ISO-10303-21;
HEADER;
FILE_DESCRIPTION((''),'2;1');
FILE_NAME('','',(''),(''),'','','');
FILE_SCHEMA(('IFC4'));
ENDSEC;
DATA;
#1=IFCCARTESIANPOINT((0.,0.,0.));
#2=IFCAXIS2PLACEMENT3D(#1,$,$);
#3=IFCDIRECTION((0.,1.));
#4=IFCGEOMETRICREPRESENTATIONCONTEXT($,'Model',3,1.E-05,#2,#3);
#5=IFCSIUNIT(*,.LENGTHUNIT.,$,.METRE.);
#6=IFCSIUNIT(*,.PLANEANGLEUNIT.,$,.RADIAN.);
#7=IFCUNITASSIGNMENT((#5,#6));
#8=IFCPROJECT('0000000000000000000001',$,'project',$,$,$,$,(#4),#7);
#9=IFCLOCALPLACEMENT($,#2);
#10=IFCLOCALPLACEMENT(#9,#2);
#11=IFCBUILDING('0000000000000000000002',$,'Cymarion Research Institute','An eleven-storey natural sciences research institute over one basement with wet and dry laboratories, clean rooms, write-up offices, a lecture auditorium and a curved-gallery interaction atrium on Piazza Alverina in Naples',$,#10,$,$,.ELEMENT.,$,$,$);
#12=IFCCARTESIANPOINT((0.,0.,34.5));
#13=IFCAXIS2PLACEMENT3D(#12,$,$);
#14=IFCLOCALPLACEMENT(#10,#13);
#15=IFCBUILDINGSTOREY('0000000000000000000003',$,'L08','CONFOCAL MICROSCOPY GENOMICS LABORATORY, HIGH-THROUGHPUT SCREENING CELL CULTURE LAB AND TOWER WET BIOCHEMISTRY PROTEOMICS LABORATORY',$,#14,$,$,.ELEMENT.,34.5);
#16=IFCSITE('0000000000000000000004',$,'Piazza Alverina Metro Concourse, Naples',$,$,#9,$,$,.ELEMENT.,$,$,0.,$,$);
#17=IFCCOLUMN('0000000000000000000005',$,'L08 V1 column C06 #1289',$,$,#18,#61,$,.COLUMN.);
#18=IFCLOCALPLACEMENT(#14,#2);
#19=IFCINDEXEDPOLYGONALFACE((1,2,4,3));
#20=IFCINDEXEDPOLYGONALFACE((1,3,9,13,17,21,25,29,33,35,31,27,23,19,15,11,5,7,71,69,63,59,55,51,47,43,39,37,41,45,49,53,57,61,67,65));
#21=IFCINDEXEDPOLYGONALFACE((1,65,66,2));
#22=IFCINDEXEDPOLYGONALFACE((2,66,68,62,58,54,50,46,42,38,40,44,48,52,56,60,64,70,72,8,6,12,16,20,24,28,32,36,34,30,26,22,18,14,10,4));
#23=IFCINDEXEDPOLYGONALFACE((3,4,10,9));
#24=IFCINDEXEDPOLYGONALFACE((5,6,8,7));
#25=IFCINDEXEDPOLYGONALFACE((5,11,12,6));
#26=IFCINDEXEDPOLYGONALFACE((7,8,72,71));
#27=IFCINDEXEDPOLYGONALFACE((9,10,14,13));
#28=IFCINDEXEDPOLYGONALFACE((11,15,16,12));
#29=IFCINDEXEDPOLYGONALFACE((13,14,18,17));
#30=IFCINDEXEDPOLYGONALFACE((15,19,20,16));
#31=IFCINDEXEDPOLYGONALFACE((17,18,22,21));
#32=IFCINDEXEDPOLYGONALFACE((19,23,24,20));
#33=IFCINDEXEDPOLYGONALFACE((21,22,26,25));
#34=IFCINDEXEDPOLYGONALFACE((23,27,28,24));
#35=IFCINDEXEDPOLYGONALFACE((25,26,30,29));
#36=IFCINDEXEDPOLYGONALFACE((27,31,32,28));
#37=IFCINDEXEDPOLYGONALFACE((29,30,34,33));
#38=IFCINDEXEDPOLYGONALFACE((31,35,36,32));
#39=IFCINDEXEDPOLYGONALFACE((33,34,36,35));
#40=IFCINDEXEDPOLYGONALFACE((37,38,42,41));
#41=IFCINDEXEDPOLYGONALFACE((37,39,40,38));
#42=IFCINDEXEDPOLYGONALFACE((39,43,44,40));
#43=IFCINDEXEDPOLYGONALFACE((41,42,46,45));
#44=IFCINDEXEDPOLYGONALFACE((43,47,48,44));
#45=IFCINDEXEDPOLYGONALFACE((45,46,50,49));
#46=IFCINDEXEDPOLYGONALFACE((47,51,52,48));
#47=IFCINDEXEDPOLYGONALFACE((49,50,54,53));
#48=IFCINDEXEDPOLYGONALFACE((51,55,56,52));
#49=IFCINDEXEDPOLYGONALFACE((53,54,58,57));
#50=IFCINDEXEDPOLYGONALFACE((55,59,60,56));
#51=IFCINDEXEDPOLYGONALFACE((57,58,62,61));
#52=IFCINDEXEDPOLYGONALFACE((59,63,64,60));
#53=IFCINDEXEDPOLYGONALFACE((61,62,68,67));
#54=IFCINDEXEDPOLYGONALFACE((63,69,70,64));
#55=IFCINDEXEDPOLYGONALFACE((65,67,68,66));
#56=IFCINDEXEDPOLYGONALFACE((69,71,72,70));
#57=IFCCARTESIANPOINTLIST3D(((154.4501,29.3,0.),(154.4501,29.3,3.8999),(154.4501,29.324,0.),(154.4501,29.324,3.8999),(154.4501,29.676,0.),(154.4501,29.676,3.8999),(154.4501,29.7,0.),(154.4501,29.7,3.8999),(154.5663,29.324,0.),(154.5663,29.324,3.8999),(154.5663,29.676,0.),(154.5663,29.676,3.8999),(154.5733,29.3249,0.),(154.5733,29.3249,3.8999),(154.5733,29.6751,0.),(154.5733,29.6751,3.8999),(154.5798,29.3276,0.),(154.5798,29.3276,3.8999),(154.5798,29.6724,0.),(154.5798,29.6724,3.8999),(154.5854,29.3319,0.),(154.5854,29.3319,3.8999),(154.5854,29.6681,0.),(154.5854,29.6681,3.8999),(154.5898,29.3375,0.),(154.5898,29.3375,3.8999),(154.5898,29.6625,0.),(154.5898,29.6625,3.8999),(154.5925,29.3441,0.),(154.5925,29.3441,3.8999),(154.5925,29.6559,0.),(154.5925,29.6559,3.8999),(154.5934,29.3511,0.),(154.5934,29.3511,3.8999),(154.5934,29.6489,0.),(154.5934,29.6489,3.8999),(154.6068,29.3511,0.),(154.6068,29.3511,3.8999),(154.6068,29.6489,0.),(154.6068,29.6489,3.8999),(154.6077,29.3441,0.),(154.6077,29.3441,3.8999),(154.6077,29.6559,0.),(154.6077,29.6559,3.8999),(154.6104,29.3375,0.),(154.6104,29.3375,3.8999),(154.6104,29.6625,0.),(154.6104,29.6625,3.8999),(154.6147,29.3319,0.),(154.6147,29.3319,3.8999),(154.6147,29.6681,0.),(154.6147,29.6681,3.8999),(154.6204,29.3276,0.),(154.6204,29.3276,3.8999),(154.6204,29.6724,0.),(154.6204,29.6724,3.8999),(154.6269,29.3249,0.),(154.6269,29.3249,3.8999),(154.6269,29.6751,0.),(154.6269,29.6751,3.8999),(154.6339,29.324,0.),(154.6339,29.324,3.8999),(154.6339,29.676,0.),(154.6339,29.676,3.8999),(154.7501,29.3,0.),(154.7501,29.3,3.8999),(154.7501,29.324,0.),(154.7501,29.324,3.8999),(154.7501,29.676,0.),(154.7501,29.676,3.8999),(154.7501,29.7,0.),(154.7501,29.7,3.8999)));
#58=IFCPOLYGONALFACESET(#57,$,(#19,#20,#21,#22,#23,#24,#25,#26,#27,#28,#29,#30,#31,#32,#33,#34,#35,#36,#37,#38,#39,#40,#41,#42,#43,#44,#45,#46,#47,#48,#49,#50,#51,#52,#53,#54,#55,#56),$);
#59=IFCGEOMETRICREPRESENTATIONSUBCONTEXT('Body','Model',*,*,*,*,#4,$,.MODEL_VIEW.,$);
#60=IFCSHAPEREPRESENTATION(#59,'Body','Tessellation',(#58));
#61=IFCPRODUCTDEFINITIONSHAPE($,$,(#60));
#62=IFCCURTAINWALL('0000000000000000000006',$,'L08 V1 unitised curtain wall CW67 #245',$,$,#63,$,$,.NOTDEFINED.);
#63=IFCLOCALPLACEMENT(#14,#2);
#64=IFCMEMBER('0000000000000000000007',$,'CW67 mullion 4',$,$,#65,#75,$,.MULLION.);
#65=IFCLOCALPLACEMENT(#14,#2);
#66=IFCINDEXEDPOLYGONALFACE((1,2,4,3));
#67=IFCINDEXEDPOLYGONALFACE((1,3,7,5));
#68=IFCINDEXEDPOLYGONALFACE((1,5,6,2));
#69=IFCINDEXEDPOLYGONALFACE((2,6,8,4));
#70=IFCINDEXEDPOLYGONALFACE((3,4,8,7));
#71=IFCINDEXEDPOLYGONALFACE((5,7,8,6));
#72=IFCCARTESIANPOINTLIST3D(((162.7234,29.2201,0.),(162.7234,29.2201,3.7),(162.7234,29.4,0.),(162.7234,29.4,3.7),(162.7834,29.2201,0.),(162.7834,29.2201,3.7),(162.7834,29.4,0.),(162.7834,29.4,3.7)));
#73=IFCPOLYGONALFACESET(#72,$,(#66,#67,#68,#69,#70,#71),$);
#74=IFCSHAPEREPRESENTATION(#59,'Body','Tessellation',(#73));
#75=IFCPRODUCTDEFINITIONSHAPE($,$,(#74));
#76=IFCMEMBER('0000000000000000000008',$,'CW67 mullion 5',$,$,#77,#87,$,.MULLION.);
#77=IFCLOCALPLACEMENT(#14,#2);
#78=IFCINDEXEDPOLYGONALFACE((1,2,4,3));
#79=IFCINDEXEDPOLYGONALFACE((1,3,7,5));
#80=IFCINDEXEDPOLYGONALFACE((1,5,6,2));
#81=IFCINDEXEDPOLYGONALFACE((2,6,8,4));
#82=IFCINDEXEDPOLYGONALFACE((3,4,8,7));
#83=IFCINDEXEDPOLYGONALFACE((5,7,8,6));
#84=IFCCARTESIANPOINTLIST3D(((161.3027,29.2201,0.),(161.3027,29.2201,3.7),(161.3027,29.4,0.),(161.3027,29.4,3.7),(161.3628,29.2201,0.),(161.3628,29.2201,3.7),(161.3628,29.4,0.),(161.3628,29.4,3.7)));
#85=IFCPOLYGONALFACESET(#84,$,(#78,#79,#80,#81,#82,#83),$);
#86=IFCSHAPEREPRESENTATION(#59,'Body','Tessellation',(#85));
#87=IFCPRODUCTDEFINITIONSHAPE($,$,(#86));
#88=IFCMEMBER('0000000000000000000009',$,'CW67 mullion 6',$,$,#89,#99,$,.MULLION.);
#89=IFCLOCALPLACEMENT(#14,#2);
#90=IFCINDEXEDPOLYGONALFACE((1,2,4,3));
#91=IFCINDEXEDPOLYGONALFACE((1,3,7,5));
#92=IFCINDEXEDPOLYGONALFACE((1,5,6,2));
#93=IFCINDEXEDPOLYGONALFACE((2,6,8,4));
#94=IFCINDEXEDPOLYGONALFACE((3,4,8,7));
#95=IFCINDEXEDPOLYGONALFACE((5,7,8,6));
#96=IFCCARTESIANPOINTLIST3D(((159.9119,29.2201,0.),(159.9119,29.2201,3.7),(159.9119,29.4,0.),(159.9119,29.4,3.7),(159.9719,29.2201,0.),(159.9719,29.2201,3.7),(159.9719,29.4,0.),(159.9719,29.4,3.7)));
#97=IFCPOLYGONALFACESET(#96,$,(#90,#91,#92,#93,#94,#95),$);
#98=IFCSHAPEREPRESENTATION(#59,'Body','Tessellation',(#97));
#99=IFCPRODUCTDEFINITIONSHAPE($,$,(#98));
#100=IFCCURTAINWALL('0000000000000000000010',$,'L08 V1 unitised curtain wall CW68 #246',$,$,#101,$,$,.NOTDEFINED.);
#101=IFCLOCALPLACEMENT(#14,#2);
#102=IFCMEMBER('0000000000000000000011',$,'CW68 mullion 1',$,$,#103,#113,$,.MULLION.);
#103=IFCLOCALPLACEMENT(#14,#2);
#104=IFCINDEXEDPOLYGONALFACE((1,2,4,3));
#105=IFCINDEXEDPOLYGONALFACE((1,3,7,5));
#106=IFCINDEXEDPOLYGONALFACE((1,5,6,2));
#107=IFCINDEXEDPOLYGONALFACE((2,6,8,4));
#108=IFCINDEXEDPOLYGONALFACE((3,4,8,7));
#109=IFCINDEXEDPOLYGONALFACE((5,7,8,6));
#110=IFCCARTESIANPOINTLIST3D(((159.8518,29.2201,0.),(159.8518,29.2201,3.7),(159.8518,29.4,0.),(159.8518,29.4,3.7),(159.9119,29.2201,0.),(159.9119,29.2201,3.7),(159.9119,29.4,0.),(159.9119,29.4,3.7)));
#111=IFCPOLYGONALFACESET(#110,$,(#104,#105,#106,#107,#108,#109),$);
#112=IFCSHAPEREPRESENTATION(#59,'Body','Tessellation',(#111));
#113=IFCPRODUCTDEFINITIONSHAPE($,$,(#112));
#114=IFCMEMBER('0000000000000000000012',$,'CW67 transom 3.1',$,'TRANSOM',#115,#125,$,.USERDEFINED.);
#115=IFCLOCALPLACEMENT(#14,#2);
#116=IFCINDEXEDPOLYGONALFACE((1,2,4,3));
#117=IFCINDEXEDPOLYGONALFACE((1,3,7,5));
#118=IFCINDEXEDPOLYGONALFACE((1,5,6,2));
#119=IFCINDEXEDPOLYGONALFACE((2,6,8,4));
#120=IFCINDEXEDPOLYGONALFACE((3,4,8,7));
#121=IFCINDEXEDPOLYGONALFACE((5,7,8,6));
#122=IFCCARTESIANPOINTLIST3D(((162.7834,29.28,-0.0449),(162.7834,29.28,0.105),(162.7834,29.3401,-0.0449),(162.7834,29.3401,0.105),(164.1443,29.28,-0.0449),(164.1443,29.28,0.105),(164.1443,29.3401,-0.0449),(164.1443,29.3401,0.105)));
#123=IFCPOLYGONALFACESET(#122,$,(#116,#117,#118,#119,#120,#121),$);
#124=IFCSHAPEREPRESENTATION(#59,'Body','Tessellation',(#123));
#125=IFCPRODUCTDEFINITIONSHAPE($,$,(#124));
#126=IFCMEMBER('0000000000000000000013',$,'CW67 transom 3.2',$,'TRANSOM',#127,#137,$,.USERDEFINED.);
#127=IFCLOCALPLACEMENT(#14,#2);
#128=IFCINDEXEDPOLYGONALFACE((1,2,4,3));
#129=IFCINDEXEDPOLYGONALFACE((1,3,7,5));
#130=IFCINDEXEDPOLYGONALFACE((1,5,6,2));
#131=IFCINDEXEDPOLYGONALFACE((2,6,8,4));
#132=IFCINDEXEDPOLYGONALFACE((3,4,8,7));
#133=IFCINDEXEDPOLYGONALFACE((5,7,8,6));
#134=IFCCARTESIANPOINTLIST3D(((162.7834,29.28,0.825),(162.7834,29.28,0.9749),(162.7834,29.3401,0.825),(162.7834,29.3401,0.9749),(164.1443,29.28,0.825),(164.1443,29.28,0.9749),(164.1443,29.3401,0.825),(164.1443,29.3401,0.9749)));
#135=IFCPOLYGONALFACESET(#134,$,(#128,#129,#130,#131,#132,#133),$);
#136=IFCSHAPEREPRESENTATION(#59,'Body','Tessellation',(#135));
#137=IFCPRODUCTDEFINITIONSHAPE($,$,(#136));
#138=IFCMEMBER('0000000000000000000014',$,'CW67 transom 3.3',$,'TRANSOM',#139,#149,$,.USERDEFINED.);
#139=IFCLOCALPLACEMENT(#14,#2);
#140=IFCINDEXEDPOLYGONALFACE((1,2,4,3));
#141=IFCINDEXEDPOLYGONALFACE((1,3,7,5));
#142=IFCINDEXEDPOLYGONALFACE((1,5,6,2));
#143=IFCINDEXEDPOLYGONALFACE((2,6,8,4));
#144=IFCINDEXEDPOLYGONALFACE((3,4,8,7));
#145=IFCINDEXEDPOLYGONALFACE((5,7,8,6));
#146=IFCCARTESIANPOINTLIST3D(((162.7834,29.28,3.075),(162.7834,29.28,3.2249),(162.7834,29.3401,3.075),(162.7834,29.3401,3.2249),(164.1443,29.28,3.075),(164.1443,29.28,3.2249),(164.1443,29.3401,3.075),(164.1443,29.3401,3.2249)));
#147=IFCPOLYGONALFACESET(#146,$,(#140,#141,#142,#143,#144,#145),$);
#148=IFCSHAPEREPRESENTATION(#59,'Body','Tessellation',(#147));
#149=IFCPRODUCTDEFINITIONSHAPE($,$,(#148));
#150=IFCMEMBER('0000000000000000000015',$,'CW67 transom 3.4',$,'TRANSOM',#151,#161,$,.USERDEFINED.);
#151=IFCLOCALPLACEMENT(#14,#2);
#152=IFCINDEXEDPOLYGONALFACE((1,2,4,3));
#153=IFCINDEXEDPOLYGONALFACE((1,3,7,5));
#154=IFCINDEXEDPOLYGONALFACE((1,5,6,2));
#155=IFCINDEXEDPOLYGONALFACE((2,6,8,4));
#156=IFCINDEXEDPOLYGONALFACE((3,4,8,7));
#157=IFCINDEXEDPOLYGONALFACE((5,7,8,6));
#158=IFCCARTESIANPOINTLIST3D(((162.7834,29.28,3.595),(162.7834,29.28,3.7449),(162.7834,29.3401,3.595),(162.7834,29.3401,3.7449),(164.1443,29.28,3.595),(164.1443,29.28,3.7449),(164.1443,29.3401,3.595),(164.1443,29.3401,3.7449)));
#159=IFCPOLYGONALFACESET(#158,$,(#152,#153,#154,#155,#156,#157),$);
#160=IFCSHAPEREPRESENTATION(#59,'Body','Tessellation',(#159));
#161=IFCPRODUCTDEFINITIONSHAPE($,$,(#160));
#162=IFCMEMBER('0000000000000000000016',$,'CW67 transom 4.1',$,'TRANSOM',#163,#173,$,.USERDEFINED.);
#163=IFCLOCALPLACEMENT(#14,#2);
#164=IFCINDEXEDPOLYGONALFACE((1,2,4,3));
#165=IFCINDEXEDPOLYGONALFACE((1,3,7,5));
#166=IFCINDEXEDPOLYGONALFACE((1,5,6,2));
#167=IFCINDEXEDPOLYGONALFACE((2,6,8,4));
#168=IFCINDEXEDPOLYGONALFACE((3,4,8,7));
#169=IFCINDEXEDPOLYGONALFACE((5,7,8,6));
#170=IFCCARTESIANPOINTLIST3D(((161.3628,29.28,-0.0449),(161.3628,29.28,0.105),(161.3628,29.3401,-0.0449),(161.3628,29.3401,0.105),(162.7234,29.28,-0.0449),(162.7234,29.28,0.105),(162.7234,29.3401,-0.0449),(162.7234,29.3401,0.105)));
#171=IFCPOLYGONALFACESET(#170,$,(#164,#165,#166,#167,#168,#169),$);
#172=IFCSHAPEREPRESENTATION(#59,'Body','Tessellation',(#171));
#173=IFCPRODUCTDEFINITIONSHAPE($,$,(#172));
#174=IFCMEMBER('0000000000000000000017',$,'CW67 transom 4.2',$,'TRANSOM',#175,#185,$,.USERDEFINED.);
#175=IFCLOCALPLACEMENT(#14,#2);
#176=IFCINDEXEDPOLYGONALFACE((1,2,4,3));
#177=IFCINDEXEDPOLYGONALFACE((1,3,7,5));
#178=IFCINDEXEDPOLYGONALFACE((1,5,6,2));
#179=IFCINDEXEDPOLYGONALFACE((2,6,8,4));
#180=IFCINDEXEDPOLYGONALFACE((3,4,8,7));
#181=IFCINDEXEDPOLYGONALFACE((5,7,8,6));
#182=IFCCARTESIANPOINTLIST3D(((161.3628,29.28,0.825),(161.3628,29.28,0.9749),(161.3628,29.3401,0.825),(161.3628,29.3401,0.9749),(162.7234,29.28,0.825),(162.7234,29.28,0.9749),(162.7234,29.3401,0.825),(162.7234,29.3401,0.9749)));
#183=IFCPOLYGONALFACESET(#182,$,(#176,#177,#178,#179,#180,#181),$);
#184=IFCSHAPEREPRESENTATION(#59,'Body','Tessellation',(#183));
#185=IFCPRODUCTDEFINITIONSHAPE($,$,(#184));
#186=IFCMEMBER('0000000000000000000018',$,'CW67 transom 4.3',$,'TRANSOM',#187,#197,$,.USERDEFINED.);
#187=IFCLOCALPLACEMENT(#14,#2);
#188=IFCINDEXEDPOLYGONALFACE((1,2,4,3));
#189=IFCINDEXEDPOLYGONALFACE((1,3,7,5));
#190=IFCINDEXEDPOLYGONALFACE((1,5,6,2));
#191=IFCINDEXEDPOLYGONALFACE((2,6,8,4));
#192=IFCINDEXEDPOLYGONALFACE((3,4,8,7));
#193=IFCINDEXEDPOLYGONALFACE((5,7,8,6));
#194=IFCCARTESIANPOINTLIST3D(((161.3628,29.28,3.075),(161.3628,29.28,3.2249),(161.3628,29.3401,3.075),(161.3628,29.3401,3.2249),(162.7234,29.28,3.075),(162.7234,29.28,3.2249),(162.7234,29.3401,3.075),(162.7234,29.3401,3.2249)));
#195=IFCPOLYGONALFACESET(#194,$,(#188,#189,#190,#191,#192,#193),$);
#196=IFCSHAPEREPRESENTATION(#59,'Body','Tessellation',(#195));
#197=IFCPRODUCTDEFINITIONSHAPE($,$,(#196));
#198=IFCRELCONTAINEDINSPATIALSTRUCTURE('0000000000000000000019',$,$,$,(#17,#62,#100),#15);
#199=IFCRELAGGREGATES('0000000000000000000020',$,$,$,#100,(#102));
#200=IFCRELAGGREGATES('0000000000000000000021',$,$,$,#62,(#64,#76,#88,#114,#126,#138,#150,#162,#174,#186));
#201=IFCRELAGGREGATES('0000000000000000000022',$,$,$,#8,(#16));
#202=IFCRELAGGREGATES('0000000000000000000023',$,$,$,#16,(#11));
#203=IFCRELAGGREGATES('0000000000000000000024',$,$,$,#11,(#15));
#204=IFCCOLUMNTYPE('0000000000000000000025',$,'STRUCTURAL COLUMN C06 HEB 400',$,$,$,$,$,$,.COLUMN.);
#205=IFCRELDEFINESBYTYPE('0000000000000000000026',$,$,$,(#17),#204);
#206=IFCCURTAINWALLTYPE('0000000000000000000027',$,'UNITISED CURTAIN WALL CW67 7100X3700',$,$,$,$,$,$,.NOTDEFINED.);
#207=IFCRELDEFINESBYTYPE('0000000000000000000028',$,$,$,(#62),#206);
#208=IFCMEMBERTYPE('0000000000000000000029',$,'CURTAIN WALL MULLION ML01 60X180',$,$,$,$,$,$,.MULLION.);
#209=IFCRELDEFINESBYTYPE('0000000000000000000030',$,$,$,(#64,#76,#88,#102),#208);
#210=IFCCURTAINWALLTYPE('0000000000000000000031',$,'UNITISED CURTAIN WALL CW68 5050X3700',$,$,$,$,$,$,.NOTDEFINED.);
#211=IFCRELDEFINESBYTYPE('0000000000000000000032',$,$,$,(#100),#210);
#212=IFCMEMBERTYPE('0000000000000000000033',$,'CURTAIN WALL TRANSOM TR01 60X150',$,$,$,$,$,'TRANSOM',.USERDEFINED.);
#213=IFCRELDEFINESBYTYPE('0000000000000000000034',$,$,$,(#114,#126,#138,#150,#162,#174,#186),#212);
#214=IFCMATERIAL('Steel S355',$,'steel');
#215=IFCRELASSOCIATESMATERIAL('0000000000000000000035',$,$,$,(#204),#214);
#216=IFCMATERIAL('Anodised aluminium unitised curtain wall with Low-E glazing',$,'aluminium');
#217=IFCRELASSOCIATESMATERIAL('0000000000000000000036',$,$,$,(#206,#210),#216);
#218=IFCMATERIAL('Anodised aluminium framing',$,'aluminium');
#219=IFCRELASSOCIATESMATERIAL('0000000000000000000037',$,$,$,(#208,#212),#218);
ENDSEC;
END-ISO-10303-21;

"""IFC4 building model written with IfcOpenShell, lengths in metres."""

from ifc_helpers import new_model, si_unit, direction, frame, origin, origin_2d, place, context, subcontext, project, spatial, rectangle, i_section, extrude, material, material_profile, profile_set, type_object, element, aggregate, save


model = new_model("IFC4")

# Units and contexts
model_context = context("Model", 3, precision=1e-05, world=origin(), true_north=direction((0.0, 1.0)))
body_context = subcontext(model_context, "Body", "Model", "MODEL_VIEW")
ifc_project = project(units=[si_unit("LENGTHUNIT", "METRE"), si_unit("PLANEANGLEUNIT", "RADIAN")], contexts=[model_context])

# Site, building, storey
site_placement = place(None, origin())
site = spatial("IfcSite", under=ifc_project, at=site_placement, Name="Piazza Alverina Metro Concourse, Naples", CompositionType="ELEMENT", RefElevation=0.0)
building_placement = place(site_placement, origin())
building = spatial("IfcBuilding", under=site, at=building_placement, Name="Cymarion Research Institute", Description="An eleven-storey natural sciences research institute over one basement with wet and dry laboratories, clean rooms, write-up offices, a lecture auditorium and a curved-gallery interaction atrium on Piazza Alverina in Naples", CompositionType="ELEMENT")
storey_placement = place(building_placement, frame((0.0, 0.0, 34.5)))
storey = spatial("IfcBuildingStorey", under=building, at=storey_placement, Name="L08", Description="CONFOCAL MICROSCOPY GENOMICS LABORATORY, HIGH-THROUGHPUT SCREENING CELL CULTURE LAB AND TOWER WET BIOCHEMISTRY PROTEOMICS LABORATORY", CompositionType="ELEMENT", Elevation=34.5)

# Column
ifc_material_1 = material(Name="Steel S355", Category="steel")
ifc_material_profile_1 = material_profile(ifc_material_1, i_section(OverallWidth=0.3, OverallDepth=0.3999, WebThickness=0.0134, FlangeThickness=0.0239, FilletRadius=0.0271, at=origin_2d()), Name="HEB 400")
ifc_profile_set_1 = profile_set([ifc_material_profile_1], Name="Steel S355")
column_type = type_object("IfcColumnType", Name="STRUCTURAL COLUMN C06 HEB 400", PredefinedType="COLUMN", material=ifc_profile_set_1)
column_placement = place(storey_placement, frame((154.6001, 29.5, 0.0), z_axis=(0.0, 0.0, 1.0), x_axis=(1.0, 0.0, 0.0)))
element("IfcColumn", 1, at=column_placement, inside=storey, type_object=column_type, Name="L08 V1 column C06 #1289", PredefinedType="COLUMN", context=body_context, shape_type="SweptSolid", body=[
    extrude(i_section(OverallWidth=0.3, OverallDepth=0.3999, WebThickness=0.0134, FlangeThickness=0.0239, FilletRadius=0.0271, at=origin_2d()), origin(), (0.0, 0.0, 1.0), 3.8999),
])

# Curtain wall, members
ifc_material_2 = material(Name="Anodised aluminium unitised curtain wall with Low-E glazing", Category="aluminium")
curtain_wall_type_1 = type_object("IfcCurtainWallType", Name="UNITISED CURTAIN WALL CW67 7100X3700", PredefinedType="NOTDEFINED", material=ifc_material_2)
curtain_wall_1_placement = place(storey_placement, origin())
curtain_wall_1 = element("IfcCurtainWall", 2, at=curtain_wall_1_placement, inside=storey, type_object=curtain_wall_type_1, Name="L08 V1 unitised curtain wall CW67 #245", PredefinedType="NOTDEFINED")
ifc_material_3 = material(Name="Anodised aluminium framing", Category="aluminium")
ifc_material_profile_2 = material_profile(ifc_material_3, rectangle(XDim=0.0601, YDim=0.1799, at=origin_2d()), Name="ALU MULLION 60x180")
ifc_profile_set_2 = profile_set([ifc_material_profile_2], Name="Anodised aluminium framing")
member_type_1 = type_object("IfcMemberType", Name="CURTAIN WALL MULLION ML01 60X180", PredefinedType="MULLION", material=ifc_profile_set_2)
member_1_placement = place(storey_placement, frame((162.7534, 29.3101, 0.0), z_axis=(0.0, 0.0, 1.0), x_axis=(-1.0, 0.0, 0.0)))
member_1 = element("IfcMember", 3, at=member_1_placement, type_object=member_type_1, Name="CW67 mullion 4", PredefinedType="MULLION", context=body_context, shape_type="SweptSolid", body=[
    extrude(rectangle(XDim=0.0601, YDim=0.1799, at=origin_2d()), origin(), (0.0, 0.0, 1.0), 3.7),
])
member_2_placement = place(storey_placement, frame((161.3328, 29.3101, 0.0), z_axis=(0.0, 0.0, 1.0), x_axis=(-1.0, 0.0, 0.0)))
member_2 = element("IfcMember", 4, at=member_2_placement, type_object=member_type_1, Name="CW67 mullion 5", PredefinedType="MULLION", context=body_context, shape_type="SweptSolid", body=[
    extrude(rectangle(XDim=0.0601, YDim=0.1799, at=origin_2d()), origin(), (0.0, 0.0, 1.0), 3.7),
])
member_3_placement = place(storey_placement, frame((159.9419, 29.3101, 0.0), z_axis=(0.0, 0.0, 1.0), x_axis=(-1.0, 0.0, 0.0)))
member_3 = element("IfcMember", 5, at=member_3_placement, type_object=member_type_1, Name="CW67 mullion 6", PredefinedType="MULLION", context=body_context, shape_type="SweptSolid", body=[
    extrude(rectangle(XDim=0.0601, YDim=0.1799, at=origin_2d()), origin(), (0.0, 0.0, 1.0), 3.7),
])

# Curtain wall, member
curtain_wall_type_2 = type_object("IfcCurtainWallType", Name="UNITISED CURTAIN WALL CW68 5050X3700", PredefinedType="NOTDEFINED", material=ifc_material_2)
curtain_wall_2_placement = place(storey_placement, origin())
curtain_wall_2 = element("IfcCurtainWall", 6, at=curtain_wall_2_placement, inside=storey, type_object=curtain_wall_type_2, Name="L08 V1 unitised curtain wall CW68 #246", PredefinedType="NOTDEFINED")
member_4_placement = place(storey_placement, frame((159.8818, 29.3101, 0.0), z_axis=(0.0, 0.0, 1.0), x_axis=(-1.0, 0.0, 0.0)))
member_4 = element("IfcMember", 7, at=member_4_placement, type_object=member_type_1, Name="CW68 mullion 1", PredefinedType="MULLION", context=body_context, shape_type="SweptSolid", body=[
    extrude(rectangle(XDim=0.0601, YDim=0.1799, at=origin_2d()), origin(), (0.0, 0.0, 1.0), 3.7),
])

# Members
ifc_material_profile_3 = material_profile(ifc_material_3, rectangle(XDim=0.0601, YDim=0.1499, at=origin_2d()), Name="ALU TRANSOM 60x150")
ifc_profile_set_3 = profile_set([ifc_material_profile_3], Name="Anodised aluminium framing")
member_type_2 = type_object("IfcMemberType", Name="CURTAIN WALL TRANSOM TR01 60X150", ElementType="TRANSOM", PredefinedType="USERDEFINED", material=ifc_profile_set_3)
member_5_placement = place(storey_placement, frame((164.1443, 29.3101, 0.03), z_axis=(-1.0, 0.0, 0.0), x_axis=(0.0, -1.0, 0.0)))
member_5 = element("IfcMember", 8, at=member_5_placement, type_object=member_type_2, Name="CW67 transom 3.1", ObjectType="TRANSOM", PredefinedType="USERDEFINED", context=body_context, shape_type="SweptSolid", body=[
    extrude(rectangle(XDim=0.0601, YDim=0.1499, at=origin_2d()), origin(), (0.0, 0.0, 1.0), 1.3608),
])
member_6_placement = place(storey_placement, frame((164.1443, 29.3101, 0.8999), z_axis=(-1.0, 0.0, 0.0), x_axis=(0.0, -1.0, 0.0)))
member_6 = element("IfcMember", 9, at=member_6_placement, type_object=member_type_2, Name="CW67 transom 3.2", ObjectType="TRANSOM", PredefinedType="USERDEFINED", context=body_context, shape_type="SweptSolid", body=[
    extrude(rectangle(XDim=0.0601, YDim=0.1499, at=origin_2d()), origin(), (0.0, 0.0, 1.0), 1.3608),
])
member_7_placement = place(storey_placement, frame((164.1443, 29.3101, 3.1499), z_axis=(-1.0, 0.0, 0.0), x_axis=(0.0, -1.0, 0.0)))
member_7 = element("IfcMember", 10, at=member_7_placement, type_object=member_type_2, Name="CW67 transom 3.3", ObjectType="TRANSOM", PredefinedType="USERDEFINED", context=body_context, shape_type="SweptSolid", body=[
    extrude(rectangle(XDim=0.0601, YDim=0.1499, at=origin_2d()), origin(), (0.0, 0.0, 1.0), 1.3608),
])
member_8_placement = place(storey_placement, frame((164.1443, 29.3101, 3.6699), z_axis=(-1.0, 0.0, 0.0), x_axis=(0.0, -1.0, 0.0)))
member_8 = element("IfcMember", 11, at=member_8_placement, type_object=member_type_2, Name="CW67 transom 3.4", ObjectType="TRANSOM", PredefinedType="USERDEFINED", context=body_context, shape_type="SweptSolid", body=[
    extrude(rectangle(XDim=0.0601, YDim=0.1499, at=origin_2d()), origin(), (0.0, 0.0, 1.0), 1.3608),
])
member_9_placement = place(storey_placement, frame((162.7234, 29.3101, 0.03), z_axis=(-1.0, 0.0, 0.0), x_axis=(0.0, -1.0, 0.0)))
member_9 = element("IfcMember", 12, at=member_9_placement, type_object=member_type_2, Name="CW67 transom 4.1", ObjectType="TRANSOM", PredefinedType="USERDEFINED", context=body_context, shape_type="SweptSolid", body=[
    extrude(rectangle(XDim=0.0601, YDim=0.1499, at=origin_2d()), origin(), (0.0, 0.0, 1.0), 1.3606),
])
member_10_placement = place(storey_placement, frame((162.7234, 29.3101, 0.8999), z_axis=(-1.0, 0.0, 0.0), x_axis=(0.0, -1.0, 0.0)))
member_10 = element("IfcMember", 13, at=member_10_placement, type_object=member_type_2, Name="CW67 transom 4.2", ObjectType="TRANSOM", PredefinedType="USERDEFINED", context=body_context, shape_type="SweptSolid", body=[
    extrude(rectangle(XDim=0.0601, YDim=0.1499, at=origin_2d()), origin(), (0.0, 0.0, 1.0), 1.3606),
])
member_11_placement = place(storey_placement, frame((162.7234, 29.3101, 3.1499), z_axis=(-1.0, 0.0, 0.0), x_axis=(0.0, -1.0, 0.0)))
member_11 = element("IfcMember", 14, at=member_11_placement, type_object=member_type_2, Name="CW67 transom 4.3", ObjectType="TRANSOM", PredefinedType="USERDEFINED", context=body_context, shape_type="SweptSolid", body=[
    extrude(rectangle(XDim=0.0601, YDim=0.1499, at=origin_2d()), origin(), (0.0, 0.0, 1.0), 1.3606),
])

aggregate(curtain_wall_2, [member_4])
aggregate(curtain_wall_1, [member_1, member_2, member_3, member_5, member_6, member_7, member_8, member_9, member_10, member_11])

save(model, "model.ifc")
